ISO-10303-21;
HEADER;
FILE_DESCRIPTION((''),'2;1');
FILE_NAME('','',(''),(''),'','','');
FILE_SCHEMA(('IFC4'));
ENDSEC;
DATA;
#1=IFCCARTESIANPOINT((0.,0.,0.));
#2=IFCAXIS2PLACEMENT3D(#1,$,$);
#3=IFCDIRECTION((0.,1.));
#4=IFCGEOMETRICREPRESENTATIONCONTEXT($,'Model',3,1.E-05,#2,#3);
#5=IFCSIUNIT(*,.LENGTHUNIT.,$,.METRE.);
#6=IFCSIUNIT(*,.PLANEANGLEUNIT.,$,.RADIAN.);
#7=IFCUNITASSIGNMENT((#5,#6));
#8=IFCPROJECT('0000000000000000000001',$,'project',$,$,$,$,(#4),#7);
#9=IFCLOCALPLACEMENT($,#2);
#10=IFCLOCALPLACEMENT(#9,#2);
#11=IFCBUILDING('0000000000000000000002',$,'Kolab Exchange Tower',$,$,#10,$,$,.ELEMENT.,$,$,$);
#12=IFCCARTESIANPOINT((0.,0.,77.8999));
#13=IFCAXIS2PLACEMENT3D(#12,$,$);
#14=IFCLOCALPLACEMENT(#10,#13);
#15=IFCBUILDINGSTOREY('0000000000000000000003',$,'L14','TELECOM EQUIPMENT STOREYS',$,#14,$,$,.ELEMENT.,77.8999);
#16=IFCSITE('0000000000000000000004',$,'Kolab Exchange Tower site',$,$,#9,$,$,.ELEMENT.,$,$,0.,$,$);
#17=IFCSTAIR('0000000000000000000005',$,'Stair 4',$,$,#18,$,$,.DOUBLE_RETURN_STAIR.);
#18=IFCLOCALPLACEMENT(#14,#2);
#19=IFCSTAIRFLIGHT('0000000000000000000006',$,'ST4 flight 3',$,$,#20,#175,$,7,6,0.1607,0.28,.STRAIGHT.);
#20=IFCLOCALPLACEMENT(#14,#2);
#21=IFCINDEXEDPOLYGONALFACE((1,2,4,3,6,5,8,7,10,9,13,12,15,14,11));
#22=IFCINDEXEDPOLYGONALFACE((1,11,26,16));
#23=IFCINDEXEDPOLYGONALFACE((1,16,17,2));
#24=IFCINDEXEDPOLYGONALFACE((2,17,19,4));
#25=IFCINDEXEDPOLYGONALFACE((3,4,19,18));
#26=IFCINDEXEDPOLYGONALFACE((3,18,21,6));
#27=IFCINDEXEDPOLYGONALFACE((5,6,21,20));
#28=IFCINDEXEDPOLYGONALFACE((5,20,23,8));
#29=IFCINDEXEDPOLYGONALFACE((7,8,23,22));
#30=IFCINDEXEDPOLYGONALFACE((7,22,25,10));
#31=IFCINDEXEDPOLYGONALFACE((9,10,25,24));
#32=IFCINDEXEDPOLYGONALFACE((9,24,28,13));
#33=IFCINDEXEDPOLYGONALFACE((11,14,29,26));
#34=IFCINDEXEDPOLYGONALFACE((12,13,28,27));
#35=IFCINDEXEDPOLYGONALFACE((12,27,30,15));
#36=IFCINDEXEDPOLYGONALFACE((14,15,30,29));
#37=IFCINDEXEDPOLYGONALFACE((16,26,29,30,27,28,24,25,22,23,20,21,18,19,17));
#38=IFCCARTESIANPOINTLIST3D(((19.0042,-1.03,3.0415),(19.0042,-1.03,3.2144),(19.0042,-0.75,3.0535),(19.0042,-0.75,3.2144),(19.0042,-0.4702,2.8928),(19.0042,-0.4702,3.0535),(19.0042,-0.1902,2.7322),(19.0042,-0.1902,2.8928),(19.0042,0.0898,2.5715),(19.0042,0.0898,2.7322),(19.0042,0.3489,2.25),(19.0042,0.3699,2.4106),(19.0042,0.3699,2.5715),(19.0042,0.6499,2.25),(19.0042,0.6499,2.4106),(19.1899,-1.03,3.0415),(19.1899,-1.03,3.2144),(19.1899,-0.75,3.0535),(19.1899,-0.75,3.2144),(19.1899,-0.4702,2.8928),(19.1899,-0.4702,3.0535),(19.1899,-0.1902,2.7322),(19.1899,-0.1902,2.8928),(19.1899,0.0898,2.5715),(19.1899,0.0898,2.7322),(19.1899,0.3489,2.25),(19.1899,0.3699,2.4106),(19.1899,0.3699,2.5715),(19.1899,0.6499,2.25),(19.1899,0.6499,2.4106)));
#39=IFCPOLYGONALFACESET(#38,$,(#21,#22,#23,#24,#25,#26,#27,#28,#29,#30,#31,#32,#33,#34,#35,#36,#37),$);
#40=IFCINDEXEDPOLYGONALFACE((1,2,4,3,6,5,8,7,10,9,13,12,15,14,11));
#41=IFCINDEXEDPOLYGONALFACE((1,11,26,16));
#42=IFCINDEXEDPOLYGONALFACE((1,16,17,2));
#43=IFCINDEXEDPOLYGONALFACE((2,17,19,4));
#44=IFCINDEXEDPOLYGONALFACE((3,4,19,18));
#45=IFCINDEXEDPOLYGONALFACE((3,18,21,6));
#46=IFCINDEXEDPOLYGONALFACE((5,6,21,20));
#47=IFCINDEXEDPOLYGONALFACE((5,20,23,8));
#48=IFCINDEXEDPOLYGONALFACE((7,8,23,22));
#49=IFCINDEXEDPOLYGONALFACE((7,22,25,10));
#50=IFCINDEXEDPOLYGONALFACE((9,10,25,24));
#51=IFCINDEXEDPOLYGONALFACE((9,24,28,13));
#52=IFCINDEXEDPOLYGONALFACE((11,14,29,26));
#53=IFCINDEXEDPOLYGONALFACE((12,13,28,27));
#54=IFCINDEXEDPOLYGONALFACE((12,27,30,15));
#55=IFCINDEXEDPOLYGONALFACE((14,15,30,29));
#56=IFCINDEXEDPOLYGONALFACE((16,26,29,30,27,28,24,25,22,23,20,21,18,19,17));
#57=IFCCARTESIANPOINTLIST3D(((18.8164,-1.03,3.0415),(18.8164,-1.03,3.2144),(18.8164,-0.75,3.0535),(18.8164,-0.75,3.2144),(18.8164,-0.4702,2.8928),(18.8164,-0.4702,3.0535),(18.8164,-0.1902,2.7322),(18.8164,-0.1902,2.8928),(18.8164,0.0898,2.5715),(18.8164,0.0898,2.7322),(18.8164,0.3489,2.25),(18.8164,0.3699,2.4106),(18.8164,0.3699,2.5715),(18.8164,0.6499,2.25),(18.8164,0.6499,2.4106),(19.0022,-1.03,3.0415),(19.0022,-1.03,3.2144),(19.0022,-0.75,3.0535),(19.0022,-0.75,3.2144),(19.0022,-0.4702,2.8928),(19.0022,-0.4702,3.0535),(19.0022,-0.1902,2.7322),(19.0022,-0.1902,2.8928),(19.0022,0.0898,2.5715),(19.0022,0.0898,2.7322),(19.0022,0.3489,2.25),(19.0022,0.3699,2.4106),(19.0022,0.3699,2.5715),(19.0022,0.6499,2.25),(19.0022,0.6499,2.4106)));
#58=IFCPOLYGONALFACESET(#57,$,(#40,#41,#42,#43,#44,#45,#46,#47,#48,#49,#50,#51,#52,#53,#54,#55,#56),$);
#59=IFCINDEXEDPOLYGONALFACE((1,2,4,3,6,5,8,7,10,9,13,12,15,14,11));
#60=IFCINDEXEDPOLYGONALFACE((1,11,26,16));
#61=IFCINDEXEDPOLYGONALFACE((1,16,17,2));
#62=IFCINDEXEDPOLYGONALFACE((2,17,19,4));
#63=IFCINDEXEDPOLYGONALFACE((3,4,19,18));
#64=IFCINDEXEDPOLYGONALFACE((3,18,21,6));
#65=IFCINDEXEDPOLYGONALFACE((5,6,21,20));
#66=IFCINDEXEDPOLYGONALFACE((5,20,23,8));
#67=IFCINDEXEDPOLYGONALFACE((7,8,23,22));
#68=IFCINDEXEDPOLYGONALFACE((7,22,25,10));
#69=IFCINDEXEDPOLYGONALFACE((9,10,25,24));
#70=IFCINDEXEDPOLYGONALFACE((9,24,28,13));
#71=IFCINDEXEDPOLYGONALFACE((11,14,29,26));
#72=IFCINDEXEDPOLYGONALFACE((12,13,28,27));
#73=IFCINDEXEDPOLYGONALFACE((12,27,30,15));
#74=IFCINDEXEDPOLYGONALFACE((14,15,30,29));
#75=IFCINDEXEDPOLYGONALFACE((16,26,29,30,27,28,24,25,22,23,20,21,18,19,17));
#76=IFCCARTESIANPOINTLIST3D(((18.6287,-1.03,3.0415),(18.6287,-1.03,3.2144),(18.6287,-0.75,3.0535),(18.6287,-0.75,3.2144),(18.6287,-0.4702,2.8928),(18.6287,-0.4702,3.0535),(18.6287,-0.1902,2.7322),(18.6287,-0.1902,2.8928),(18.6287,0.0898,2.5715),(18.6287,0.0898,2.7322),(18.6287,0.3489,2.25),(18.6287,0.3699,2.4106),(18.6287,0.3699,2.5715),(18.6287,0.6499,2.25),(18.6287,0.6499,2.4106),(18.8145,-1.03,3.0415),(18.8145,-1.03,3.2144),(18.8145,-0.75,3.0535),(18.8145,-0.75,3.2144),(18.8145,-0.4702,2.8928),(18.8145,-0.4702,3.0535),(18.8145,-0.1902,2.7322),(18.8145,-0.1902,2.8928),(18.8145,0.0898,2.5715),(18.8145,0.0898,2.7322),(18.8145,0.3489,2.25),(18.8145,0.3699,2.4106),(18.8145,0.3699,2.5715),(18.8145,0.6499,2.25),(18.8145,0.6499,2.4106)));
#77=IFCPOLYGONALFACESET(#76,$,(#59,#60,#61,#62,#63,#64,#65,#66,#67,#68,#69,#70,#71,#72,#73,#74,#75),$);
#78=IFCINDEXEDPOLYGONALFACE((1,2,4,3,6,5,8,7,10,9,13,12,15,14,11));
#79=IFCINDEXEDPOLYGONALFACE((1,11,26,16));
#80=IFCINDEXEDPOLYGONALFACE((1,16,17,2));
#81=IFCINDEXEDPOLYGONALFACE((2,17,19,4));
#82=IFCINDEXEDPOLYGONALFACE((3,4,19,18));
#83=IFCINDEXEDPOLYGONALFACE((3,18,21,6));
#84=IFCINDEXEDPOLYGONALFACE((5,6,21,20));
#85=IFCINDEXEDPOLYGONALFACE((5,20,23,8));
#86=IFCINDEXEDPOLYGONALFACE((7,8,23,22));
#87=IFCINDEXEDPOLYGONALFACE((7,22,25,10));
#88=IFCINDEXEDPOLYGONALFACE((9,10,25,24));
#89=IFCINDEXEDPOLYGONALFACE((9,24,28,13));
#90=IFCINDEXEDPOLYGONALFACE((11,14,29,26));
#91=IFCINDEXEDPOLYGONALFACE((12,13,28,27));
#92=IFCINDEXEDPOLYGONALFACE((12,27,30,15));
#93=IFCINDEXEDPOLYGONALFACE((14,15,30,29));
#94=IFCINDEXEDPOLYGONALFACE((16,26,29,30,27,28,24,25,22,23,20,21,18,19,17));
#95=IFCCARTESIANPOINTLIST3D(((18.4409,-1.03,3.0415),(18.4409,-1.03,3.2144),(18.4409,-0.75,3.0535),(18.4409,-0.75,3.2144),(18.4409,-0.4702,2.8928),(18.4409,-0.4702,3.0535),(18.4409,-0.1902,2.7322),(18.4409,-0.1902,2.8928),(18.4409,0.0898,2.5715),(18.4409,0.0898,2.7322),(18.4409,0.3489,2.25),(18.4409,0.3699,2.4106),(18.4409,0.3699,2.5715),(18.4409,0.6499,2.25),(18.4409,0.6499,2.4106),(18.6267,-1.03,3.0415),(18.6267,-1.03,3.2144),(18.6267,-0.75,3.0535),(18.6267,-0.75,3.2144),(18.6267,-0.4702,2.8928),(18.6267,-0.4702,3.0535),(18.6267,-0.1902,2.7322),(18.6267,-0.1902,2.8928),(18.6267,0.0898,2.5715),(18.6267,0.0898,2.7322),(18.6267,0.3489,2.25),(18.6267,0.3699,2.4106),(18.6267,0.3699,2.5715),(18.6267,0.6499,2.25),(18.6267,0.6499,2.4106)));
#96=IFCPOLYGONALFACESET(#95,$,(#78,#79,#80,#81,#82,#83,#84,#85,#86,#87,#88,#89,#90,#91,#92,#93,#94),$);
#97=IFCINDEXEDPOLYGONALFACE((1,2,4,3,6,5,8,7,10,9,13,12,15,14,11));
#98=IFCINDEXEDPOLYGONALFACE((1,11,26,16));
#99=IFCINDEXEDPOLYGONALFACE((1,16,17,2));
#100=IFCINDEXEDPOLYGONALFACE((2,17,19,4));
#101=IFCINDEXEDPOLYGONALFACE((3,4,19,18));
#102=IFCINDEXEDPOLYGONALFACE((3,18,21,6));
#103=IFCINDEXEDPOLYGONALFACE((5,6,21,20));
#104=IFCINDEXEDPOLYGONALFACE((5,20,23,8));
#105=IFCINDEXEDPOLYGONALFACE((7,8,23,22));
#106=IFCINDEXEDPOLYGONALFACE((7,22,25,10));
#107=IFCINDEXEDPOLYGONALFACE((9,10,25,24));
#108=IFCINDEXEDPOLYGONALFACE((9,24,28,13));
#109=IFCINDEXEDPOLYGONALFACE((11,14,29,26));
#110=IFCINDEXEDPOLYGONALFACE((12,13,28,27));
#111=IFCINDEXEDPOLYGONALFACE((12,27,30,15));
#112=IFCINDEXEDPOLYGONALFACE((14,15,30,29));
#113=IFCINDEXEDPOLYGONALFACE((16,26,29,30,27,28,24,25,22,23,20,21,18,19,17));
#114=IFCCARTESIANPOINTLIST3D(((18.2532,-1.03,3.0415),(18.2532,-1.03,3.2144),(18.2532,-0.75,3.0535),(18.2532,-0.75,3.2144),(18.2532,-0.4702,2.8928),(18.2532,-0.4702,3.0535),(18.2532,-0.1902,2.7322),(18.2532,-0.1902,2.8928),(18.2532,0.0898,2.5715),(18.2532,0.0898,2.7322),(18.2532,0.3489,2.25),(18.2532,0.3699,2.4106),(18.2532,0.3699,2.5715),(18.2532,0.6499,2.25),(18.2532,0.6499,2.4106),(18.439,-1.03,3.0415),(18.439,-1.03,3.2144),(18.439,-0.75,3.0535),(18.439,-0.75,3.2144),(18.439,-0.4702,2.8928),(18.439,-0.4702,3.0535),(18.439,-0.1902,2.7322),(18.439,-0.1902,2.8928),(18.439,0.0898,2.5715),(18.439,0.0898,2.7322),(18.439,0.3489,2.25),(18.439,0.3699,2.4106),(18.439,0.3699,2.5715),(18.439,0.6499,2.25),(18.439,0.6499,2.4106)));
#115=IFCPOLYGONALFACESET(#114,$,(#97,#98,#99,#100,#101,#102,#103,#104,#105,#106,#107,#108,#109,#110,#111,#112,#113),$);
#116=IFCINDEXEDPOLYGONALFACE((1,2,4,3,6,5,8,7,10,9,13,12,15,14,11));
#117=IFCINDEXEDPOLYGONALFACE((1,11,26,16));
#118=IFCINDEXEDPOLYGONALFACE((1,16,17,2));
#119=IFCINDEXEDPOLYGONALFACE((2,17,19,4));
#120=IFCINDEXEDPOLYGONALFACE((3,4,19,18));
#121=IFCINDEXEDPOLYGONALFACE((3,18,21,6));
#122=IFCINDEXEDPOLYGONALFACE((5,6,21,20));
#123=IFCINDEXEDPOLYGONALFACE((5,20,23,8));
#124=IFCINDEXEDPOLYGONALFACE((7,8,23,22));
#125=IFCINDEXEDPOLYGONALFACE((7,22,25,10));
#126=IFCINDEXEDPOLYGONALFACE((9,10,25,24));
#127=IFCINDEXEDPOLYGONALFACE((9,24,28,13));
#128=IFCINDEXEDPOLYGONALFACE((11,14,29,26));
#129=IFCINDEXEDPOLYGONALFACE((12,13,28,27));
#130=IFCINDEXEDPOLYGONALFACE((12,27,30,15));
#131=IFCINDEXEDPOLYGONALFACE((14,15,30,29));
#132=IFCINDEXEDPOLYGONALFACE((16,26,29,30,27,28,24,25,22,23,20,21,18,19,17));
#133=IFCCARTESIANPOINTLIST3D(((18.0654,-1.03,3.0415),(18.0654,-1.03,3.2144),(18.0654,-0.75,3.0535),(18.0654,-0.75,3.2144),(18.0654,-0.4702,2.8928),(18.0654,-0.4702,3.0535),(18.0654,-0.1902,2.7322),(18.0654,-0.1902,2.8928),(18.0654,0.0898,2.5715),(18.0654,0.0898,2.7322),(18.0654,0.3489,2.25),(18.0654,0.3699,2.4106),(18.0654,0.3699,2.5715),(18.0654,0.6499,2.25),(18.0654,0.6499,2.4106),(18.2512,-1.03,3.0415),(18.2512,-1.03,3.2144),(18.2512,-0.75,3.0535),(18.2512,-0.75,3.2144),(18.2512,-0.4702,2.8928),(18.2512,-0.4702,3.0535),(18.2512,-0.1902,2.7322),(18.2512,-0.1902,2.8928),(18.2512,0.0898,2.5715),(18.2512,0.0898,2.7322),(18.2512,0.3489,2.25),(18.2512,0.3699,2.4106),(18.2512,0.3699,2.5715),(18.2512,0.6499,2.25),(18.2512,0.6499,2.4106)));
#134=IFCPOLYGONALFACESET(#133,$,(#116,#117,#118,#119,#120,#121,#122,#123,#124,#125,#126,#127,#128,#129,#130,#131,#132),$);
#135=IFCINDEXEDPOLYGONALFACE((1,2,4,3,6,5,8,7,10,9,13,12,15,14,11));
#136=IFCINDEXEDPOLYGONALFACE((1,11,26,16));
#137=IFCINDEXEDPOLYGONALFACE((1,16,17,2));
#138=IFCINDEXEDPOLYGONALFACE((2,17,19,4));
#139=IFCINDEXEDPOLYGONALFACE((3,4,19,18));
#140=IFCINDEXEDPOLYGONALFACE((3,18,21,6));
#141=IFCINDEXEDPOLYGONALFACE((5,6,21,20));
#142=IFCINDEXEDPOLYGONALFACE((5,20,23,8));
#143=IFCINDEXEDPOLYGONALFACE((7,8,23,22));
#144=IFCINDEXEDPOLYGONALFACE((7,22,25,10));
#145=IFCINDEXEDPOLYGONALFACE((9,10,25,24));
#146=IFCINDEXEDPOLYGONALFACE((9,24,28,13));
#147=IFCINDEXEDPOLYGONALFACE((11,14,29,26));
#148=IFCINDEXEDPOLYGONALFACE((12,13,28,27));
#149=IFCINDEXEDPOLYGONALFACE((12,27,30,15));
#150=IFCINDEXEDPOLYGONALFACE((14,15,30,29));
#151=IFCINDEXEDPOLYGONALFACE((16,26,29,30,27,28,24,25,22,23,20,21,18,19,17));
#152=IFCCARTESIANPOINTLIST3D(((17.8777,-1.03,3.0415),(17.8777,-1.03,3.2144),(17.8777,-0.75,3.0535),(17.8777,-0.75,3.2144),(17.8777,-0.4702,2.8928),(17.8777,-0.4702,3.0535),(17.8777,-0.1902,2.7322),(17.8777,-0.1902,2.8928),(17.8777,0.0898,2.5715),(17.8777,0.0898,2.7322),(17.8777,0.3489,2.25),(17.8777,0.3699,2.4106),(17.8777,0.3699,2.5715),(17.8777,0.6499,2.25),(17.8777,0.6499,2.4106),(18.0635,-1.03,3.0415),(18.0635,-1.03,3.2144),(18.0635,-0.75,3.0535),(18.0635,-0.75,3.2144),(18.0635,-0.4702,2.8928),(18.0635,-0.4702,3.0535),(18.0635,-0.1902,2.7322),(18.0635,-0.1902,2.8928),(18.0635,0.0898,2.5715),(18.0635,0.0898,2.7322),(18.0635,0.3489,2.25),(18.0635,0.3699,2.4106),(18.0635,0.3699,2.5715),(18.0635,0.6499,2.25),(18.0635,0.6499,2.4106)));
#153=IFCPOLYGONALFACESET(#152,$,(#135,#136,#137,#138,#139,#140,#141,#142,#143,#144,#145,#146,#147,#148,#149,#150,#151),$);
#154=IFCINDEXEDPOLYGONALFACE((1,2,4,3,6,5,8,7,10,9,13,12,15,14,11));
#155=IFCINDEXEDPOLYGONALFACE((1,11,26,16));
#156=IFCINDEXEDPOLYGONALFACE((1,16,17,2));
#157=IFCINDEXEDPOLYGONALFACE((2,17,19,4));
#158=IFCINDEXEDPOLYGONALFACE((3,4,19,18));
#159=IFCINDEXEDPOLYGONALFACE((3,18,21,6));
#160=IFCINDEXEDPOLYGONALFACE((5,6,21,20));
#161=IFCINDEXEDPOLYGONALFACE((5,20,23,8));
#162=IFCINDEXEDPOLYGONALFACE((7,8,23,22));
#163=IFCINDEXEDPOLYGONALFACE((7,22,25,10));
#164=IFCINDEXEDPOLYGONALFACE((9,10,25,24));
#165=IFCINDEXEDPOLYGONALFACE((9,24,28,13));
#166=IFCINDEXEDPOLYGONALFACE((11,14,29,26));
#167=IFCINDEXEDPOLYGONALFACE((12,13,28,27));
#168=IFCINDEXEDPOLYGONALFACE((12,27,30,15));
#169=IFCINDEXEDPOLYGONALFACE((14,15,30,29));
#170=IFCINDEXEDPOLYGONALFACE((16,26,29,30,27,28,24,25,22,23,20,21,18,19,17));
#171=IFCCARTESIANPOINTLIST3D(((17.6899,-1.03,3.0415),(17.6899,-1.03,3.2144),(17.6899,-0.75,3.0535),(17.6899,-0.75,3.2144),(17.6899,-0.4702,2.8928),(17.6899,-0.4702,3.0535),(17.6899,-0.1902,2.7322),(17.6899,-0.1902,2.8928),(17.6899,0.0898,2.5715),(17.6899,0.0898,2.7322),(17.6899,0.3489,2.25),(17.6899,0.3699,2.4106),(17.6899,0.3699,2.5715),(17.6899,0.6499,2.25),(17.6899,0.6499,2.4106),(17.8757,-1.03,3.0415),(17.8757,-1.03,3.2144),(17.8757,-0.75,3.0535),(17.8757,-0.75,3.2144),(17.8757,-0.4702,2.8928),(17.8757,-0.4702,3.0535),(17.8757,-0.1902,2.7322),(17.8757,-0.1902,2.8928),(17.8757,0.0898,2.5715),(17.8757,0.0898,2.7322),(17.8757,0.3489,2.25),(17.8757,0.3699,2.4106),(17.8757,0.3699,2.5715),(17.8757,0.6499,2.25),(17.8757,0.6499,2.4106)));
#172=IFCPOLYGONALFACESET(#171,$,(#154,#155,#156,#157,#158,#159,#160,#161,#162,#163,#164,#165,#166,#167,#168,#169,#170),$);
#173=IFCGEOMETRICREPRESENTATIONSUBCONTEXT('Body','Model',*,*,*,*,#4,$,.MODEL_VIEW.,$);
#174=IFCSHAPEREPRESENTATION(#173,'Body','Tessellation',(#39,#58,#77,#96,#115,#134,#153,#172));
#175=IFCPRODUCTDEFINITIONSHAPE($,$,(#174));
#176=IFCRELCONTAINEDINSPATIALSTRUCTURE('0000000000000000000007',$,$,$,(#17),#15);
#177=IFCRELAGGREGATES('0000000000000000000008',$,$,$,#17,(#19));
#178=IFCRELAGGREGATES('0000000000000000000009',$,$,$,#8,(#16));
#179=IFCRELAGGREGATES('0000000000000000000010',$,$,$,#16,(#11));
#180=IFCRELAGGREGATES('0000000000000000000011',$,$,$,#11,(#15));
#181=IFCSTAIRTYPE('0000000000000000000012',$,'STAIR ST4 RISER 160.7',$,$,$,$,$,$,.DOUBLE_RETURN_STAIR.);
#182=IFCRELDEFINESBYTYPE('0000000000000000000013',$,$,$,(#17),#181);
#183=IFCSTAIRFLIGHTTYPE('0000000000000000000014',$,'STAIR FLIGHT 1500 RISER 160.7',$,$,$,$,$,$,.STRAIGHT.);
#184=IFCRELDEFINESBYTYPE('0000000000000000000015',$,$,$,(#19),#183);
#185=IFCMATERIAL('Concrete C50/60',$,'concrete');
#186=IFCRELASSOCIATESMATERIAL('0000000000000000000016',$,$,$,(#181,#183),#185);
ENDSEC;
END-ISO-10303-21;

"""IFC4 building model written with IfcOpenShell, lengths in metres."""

from ifc_helpers import new_model, si_unit, direction, frame, origin, place, context, subcontext, project, spatial, polyline, outline, extrude, material, type_object, element, aggregate, save


model = new_model("IFC4")

# Units and contexts
model_context = context("Model", 3, precision=1e-05, world=origin(), true_north=direction((0.0, 1.0)))
body_context = subcontext(model_context, "Body", "Model", "MODEL_VIEW")
ifc_project = project(units=[si_unit("LENGTHUNIT", "METRE"), si_unit("PLANEANGLEUNIT", "RADIAN")], contexts=[model_context])

# Site, building, storey
site_placement = place(None, origin())
site = spatial("IfcSite", under=ifc_project, at=site_placement, Name="Kolab Exchange Tower site", CompositionType="ELEMENT", RefElevation=0.0)
building_placement = place(site_placement, origin())
building = spatial("IfcBuilding", under=site, at=building_placement, Name="Kolab Exchange Tower", CompositionType="ELEMENT")
storey_placement = place(building_placement, frame((0.0, 0.0, 77.8999)))
storey = spatial("IfcBuildingStorey", under=building, at=storey_placement, Name="L14", Description="TELECOM EQUIPMENT STOREYS", CompositionType="ELEMENT", Elevation=77.8999)

# Shared definitions
ifc_material_1 = material(Name="Concrete C50/60", Category="concrete")

# Stair, stair flight
stair_type = type_object("IfcStairType", Name="STAIR ST4 RISER 160.7", PredefinedType="DOUBLE_RETURN_STAIR", material=ifc_material_1)
stair_placement = place(storey_placement, origin())
stair = element("IfcStair", 1, at=stair_placement, inside=storey, type_object=stair_type, Name="Stair 4", PredefinedType="DOUBLE_RETURN_STAIR")
stair_flight_type = type_object("IfcStairFlightType", Name="STAIR FLIGHT 1500 RISER 160.7", PredefinedType="STRAIGHT", material=ifc_material_1)
stair_flight_1_placement = place(storey_placement, frame((18.4399, 0.6499, 2.25), z_axis=(0.0, 0.0, 1.0), x_axis=(0.0, -1.0, 0.0)))
stair_flight_1 = element("IfcStairFlight", 2, at=stair_flight_1_placement, type_object=stair_flight_type, Name="ST4 flight 3", NumberOfRisers=7, NumberOfTreads=6, PredefinedType="STRAIGHT", RiserHeight=0.1607, TreadLength=0.28, context=body_context, shape_type="SweptSolid", body=[
    extrude(outline(polyline([(0.0, 0.0), (0.0, 0.1606), (0.28, 0.1606), (0.28, 0.3215), (0.5601, 0.3215), (0.5601, 0.4822), (0.8401, 0.4822), (0.8401, 0.6428), (1.1201, 0.6428), (1.1201, 0.8035), (1.3999, 0.8035), (1.3999, 0.9644), (1.6799, 0.9644), (1.6799, 1.125), (1.6799, 0.7915), (0.301, 0.0), (0.0, 0.0)])), frame((0.0, 0.75, 0.0), z_axis=(0.0, -1.0, 0.0), x_axis=(1.0, 0.0, 0.0)), (0.0, 0.0, 1.0), 0.1858),
    extrude(outline(polyline([(0.0, 0.0), (0.0, 0.1606), (0.28, 0.1606), (0.28, 0.3215), (0.5601, 0.3215), (0.5601, 0.4822), (0.8401, 0.4822), (0.8401, 0.6428), (1.1201, 0.6428), (1.1201, 0.8035), (1.3999, 0.8035), (1.3999, 0.9644), (1.6799, 0.9644), (1.6799, 1.125), (1.6799, 0.7915), (0.301, 0.0), (0.0, 0.0)])), frame((0.0, 0.5623, 0.0), z_axis=(0.0, -1.0, 0.0), x_axis=(1.0, 0.0, 0.0)), (0.0, 0.0, 1.0), 0.1858),
    extrude(outline(polyline([(0.0, 0.0), (0.0, 0.1606), (0.28, 0.1606), (0.28, 0.3215), (0.5601, 0.3215), (0.5601, 0.4822), (0.8401, 0.4822), (0.8401, 0.6428), (1.1201, 0.6428), (1.1201, 0.8035), (1.3999, 0.8035), (1.3999, 0.9644), (1.6799, 0.9644), (1.6799, 1.125), (1.6799, 0.7915), (0.301, 0.0), (0.0, 0.0)])), frame((0.0, 0.3745, 0.0), z_axis=(0.0, -1.0, 0.0), x_axis=(1.0, 0.0, 0.0)), (0.0, 0.0, 1.0), 0.1858),
    extrude(outline(polyline([(0.0, 0.0), (0.0, 0.1606), (0.28, 0.1606), (0.28, 0.3215), (0.5601, 0.3215), (0.5601, 0.4822), (0.8401, 0.4822), (0.8401, 0.6428), (1.1201, 0.6428), (1.1201, 0.8035), (1.3999, 0.8035), (1.3999, 0.9644), (1.6799, 0.9644), (1.6799, 1.125), (1.6799, 0.7915), (0.301, 0.0), (0.0, 0.0)])), frame((0.0, 0.1868, 0.0), z_axis=(0.0, -1.0, 0.0), x_axis=(1.0, 0.0, 0.0)), (0.0, 0.0, 1.0), 0.1858),
    extrude(outline(polyline([(0.0, 0.0), (0.0, 0.1606), (0.28, 0.1606), (0.28, 0.3215), (0.5601, 0.3215), (0.5601, 0.4822), (0.8401, 0.4822), (0.8401, 0.6428), (1.1201, 0.6428), (1.1201, 0.8035), (1.3999, 0.8035), (1.3999, 0.9644), (1.6799, 0.9644), (1.6799, 1.125), (1.6799, 0.7915), (0.301, 0.0), (0.0, 0.0)])), frame((0.0, -0.001, 0.0), z_axis=(0.0, -1.0, 0.0), x_axis=(1.0, 0.0, 0.0)), (0.0, 0.0, 1.0), 0.1858),
    extrude(outline(polyline([(0.0, 0.0), (0.0, 0.1606), (0.28, 0.1606), (0.28, 0.3215), (0.5601, 0.3215), (0.5601, 0.4822), (0.8401, 0.4822), (0.8401, 0.6428), (1.1201, 0.6428), (1.1201, 0.8035), (1.3999, 0.8035), (1.3999, 0.9644), (1.6799, 0.9644), (1.6799, 1.125), (1.6799, 0.7915), (0.301, 0.0), (0.0, 0.0)])), frame((0.0, -0.1887, 0.0), z_axis=(0.0, -1.0, 0.0), x_axis=(1.0, 0.0, 0.0)), (0.0, 0.0, 1.0), 0.1858),
    extrude(outline(polyline([(0.0, 0.0), (0.0, 0.1606), (0.28, 0.1606), (0.28, 0.3215), (0.5601, 0.3215), (0.5601, 0.4822), (0.8401, 0.4822), (0.8401, 0.6428), (1.1201, 0.6428), (1.1201, 0.8035), (1.3999, 0.8035), (1.3999, 0.9644), (1.6799, 0.9644), (1.6799, 1.125), (1.6799, 0.7915), (0.301, 0.0), (0.0, 0.0)])), frame((0.0, -0.3765, 0.0), z_axis=(0.0, -1.0, 0.0), x_axis=(1.0, 0.0, 0.0)), (0.0, 0.0, 1.0), 0.1858),
    extrude(outline(polyline([(0.0, 0.0), (0.0, 0.1606), (0.28, 0.1606), (0.28, 0.3215), (0.5601, 0.3215), (0.5601, 0.4822), (0.8401, 0.4822), (0.8401, 0.6428), (1.1201, 0.6428), (1.1201, 0.8035), (1.3999, 0.8035), (1.3999, 0.9644), (1.6799, 0.9644), (1.6799, 1.125), (1.6799, 0.7915), (0.301, 0.0), (0.0, 0.0)])), frame((0.0, -0.5642, 0.0), z_axis=(0.0, -1.0, 0.0), x_axis=(1.0, 0.0, 0.0)), (0.0, 0.0, 1.0), 0.1858),
])
aggregate(stair, [stair_flight_1])

save(model, "model.ifc")
